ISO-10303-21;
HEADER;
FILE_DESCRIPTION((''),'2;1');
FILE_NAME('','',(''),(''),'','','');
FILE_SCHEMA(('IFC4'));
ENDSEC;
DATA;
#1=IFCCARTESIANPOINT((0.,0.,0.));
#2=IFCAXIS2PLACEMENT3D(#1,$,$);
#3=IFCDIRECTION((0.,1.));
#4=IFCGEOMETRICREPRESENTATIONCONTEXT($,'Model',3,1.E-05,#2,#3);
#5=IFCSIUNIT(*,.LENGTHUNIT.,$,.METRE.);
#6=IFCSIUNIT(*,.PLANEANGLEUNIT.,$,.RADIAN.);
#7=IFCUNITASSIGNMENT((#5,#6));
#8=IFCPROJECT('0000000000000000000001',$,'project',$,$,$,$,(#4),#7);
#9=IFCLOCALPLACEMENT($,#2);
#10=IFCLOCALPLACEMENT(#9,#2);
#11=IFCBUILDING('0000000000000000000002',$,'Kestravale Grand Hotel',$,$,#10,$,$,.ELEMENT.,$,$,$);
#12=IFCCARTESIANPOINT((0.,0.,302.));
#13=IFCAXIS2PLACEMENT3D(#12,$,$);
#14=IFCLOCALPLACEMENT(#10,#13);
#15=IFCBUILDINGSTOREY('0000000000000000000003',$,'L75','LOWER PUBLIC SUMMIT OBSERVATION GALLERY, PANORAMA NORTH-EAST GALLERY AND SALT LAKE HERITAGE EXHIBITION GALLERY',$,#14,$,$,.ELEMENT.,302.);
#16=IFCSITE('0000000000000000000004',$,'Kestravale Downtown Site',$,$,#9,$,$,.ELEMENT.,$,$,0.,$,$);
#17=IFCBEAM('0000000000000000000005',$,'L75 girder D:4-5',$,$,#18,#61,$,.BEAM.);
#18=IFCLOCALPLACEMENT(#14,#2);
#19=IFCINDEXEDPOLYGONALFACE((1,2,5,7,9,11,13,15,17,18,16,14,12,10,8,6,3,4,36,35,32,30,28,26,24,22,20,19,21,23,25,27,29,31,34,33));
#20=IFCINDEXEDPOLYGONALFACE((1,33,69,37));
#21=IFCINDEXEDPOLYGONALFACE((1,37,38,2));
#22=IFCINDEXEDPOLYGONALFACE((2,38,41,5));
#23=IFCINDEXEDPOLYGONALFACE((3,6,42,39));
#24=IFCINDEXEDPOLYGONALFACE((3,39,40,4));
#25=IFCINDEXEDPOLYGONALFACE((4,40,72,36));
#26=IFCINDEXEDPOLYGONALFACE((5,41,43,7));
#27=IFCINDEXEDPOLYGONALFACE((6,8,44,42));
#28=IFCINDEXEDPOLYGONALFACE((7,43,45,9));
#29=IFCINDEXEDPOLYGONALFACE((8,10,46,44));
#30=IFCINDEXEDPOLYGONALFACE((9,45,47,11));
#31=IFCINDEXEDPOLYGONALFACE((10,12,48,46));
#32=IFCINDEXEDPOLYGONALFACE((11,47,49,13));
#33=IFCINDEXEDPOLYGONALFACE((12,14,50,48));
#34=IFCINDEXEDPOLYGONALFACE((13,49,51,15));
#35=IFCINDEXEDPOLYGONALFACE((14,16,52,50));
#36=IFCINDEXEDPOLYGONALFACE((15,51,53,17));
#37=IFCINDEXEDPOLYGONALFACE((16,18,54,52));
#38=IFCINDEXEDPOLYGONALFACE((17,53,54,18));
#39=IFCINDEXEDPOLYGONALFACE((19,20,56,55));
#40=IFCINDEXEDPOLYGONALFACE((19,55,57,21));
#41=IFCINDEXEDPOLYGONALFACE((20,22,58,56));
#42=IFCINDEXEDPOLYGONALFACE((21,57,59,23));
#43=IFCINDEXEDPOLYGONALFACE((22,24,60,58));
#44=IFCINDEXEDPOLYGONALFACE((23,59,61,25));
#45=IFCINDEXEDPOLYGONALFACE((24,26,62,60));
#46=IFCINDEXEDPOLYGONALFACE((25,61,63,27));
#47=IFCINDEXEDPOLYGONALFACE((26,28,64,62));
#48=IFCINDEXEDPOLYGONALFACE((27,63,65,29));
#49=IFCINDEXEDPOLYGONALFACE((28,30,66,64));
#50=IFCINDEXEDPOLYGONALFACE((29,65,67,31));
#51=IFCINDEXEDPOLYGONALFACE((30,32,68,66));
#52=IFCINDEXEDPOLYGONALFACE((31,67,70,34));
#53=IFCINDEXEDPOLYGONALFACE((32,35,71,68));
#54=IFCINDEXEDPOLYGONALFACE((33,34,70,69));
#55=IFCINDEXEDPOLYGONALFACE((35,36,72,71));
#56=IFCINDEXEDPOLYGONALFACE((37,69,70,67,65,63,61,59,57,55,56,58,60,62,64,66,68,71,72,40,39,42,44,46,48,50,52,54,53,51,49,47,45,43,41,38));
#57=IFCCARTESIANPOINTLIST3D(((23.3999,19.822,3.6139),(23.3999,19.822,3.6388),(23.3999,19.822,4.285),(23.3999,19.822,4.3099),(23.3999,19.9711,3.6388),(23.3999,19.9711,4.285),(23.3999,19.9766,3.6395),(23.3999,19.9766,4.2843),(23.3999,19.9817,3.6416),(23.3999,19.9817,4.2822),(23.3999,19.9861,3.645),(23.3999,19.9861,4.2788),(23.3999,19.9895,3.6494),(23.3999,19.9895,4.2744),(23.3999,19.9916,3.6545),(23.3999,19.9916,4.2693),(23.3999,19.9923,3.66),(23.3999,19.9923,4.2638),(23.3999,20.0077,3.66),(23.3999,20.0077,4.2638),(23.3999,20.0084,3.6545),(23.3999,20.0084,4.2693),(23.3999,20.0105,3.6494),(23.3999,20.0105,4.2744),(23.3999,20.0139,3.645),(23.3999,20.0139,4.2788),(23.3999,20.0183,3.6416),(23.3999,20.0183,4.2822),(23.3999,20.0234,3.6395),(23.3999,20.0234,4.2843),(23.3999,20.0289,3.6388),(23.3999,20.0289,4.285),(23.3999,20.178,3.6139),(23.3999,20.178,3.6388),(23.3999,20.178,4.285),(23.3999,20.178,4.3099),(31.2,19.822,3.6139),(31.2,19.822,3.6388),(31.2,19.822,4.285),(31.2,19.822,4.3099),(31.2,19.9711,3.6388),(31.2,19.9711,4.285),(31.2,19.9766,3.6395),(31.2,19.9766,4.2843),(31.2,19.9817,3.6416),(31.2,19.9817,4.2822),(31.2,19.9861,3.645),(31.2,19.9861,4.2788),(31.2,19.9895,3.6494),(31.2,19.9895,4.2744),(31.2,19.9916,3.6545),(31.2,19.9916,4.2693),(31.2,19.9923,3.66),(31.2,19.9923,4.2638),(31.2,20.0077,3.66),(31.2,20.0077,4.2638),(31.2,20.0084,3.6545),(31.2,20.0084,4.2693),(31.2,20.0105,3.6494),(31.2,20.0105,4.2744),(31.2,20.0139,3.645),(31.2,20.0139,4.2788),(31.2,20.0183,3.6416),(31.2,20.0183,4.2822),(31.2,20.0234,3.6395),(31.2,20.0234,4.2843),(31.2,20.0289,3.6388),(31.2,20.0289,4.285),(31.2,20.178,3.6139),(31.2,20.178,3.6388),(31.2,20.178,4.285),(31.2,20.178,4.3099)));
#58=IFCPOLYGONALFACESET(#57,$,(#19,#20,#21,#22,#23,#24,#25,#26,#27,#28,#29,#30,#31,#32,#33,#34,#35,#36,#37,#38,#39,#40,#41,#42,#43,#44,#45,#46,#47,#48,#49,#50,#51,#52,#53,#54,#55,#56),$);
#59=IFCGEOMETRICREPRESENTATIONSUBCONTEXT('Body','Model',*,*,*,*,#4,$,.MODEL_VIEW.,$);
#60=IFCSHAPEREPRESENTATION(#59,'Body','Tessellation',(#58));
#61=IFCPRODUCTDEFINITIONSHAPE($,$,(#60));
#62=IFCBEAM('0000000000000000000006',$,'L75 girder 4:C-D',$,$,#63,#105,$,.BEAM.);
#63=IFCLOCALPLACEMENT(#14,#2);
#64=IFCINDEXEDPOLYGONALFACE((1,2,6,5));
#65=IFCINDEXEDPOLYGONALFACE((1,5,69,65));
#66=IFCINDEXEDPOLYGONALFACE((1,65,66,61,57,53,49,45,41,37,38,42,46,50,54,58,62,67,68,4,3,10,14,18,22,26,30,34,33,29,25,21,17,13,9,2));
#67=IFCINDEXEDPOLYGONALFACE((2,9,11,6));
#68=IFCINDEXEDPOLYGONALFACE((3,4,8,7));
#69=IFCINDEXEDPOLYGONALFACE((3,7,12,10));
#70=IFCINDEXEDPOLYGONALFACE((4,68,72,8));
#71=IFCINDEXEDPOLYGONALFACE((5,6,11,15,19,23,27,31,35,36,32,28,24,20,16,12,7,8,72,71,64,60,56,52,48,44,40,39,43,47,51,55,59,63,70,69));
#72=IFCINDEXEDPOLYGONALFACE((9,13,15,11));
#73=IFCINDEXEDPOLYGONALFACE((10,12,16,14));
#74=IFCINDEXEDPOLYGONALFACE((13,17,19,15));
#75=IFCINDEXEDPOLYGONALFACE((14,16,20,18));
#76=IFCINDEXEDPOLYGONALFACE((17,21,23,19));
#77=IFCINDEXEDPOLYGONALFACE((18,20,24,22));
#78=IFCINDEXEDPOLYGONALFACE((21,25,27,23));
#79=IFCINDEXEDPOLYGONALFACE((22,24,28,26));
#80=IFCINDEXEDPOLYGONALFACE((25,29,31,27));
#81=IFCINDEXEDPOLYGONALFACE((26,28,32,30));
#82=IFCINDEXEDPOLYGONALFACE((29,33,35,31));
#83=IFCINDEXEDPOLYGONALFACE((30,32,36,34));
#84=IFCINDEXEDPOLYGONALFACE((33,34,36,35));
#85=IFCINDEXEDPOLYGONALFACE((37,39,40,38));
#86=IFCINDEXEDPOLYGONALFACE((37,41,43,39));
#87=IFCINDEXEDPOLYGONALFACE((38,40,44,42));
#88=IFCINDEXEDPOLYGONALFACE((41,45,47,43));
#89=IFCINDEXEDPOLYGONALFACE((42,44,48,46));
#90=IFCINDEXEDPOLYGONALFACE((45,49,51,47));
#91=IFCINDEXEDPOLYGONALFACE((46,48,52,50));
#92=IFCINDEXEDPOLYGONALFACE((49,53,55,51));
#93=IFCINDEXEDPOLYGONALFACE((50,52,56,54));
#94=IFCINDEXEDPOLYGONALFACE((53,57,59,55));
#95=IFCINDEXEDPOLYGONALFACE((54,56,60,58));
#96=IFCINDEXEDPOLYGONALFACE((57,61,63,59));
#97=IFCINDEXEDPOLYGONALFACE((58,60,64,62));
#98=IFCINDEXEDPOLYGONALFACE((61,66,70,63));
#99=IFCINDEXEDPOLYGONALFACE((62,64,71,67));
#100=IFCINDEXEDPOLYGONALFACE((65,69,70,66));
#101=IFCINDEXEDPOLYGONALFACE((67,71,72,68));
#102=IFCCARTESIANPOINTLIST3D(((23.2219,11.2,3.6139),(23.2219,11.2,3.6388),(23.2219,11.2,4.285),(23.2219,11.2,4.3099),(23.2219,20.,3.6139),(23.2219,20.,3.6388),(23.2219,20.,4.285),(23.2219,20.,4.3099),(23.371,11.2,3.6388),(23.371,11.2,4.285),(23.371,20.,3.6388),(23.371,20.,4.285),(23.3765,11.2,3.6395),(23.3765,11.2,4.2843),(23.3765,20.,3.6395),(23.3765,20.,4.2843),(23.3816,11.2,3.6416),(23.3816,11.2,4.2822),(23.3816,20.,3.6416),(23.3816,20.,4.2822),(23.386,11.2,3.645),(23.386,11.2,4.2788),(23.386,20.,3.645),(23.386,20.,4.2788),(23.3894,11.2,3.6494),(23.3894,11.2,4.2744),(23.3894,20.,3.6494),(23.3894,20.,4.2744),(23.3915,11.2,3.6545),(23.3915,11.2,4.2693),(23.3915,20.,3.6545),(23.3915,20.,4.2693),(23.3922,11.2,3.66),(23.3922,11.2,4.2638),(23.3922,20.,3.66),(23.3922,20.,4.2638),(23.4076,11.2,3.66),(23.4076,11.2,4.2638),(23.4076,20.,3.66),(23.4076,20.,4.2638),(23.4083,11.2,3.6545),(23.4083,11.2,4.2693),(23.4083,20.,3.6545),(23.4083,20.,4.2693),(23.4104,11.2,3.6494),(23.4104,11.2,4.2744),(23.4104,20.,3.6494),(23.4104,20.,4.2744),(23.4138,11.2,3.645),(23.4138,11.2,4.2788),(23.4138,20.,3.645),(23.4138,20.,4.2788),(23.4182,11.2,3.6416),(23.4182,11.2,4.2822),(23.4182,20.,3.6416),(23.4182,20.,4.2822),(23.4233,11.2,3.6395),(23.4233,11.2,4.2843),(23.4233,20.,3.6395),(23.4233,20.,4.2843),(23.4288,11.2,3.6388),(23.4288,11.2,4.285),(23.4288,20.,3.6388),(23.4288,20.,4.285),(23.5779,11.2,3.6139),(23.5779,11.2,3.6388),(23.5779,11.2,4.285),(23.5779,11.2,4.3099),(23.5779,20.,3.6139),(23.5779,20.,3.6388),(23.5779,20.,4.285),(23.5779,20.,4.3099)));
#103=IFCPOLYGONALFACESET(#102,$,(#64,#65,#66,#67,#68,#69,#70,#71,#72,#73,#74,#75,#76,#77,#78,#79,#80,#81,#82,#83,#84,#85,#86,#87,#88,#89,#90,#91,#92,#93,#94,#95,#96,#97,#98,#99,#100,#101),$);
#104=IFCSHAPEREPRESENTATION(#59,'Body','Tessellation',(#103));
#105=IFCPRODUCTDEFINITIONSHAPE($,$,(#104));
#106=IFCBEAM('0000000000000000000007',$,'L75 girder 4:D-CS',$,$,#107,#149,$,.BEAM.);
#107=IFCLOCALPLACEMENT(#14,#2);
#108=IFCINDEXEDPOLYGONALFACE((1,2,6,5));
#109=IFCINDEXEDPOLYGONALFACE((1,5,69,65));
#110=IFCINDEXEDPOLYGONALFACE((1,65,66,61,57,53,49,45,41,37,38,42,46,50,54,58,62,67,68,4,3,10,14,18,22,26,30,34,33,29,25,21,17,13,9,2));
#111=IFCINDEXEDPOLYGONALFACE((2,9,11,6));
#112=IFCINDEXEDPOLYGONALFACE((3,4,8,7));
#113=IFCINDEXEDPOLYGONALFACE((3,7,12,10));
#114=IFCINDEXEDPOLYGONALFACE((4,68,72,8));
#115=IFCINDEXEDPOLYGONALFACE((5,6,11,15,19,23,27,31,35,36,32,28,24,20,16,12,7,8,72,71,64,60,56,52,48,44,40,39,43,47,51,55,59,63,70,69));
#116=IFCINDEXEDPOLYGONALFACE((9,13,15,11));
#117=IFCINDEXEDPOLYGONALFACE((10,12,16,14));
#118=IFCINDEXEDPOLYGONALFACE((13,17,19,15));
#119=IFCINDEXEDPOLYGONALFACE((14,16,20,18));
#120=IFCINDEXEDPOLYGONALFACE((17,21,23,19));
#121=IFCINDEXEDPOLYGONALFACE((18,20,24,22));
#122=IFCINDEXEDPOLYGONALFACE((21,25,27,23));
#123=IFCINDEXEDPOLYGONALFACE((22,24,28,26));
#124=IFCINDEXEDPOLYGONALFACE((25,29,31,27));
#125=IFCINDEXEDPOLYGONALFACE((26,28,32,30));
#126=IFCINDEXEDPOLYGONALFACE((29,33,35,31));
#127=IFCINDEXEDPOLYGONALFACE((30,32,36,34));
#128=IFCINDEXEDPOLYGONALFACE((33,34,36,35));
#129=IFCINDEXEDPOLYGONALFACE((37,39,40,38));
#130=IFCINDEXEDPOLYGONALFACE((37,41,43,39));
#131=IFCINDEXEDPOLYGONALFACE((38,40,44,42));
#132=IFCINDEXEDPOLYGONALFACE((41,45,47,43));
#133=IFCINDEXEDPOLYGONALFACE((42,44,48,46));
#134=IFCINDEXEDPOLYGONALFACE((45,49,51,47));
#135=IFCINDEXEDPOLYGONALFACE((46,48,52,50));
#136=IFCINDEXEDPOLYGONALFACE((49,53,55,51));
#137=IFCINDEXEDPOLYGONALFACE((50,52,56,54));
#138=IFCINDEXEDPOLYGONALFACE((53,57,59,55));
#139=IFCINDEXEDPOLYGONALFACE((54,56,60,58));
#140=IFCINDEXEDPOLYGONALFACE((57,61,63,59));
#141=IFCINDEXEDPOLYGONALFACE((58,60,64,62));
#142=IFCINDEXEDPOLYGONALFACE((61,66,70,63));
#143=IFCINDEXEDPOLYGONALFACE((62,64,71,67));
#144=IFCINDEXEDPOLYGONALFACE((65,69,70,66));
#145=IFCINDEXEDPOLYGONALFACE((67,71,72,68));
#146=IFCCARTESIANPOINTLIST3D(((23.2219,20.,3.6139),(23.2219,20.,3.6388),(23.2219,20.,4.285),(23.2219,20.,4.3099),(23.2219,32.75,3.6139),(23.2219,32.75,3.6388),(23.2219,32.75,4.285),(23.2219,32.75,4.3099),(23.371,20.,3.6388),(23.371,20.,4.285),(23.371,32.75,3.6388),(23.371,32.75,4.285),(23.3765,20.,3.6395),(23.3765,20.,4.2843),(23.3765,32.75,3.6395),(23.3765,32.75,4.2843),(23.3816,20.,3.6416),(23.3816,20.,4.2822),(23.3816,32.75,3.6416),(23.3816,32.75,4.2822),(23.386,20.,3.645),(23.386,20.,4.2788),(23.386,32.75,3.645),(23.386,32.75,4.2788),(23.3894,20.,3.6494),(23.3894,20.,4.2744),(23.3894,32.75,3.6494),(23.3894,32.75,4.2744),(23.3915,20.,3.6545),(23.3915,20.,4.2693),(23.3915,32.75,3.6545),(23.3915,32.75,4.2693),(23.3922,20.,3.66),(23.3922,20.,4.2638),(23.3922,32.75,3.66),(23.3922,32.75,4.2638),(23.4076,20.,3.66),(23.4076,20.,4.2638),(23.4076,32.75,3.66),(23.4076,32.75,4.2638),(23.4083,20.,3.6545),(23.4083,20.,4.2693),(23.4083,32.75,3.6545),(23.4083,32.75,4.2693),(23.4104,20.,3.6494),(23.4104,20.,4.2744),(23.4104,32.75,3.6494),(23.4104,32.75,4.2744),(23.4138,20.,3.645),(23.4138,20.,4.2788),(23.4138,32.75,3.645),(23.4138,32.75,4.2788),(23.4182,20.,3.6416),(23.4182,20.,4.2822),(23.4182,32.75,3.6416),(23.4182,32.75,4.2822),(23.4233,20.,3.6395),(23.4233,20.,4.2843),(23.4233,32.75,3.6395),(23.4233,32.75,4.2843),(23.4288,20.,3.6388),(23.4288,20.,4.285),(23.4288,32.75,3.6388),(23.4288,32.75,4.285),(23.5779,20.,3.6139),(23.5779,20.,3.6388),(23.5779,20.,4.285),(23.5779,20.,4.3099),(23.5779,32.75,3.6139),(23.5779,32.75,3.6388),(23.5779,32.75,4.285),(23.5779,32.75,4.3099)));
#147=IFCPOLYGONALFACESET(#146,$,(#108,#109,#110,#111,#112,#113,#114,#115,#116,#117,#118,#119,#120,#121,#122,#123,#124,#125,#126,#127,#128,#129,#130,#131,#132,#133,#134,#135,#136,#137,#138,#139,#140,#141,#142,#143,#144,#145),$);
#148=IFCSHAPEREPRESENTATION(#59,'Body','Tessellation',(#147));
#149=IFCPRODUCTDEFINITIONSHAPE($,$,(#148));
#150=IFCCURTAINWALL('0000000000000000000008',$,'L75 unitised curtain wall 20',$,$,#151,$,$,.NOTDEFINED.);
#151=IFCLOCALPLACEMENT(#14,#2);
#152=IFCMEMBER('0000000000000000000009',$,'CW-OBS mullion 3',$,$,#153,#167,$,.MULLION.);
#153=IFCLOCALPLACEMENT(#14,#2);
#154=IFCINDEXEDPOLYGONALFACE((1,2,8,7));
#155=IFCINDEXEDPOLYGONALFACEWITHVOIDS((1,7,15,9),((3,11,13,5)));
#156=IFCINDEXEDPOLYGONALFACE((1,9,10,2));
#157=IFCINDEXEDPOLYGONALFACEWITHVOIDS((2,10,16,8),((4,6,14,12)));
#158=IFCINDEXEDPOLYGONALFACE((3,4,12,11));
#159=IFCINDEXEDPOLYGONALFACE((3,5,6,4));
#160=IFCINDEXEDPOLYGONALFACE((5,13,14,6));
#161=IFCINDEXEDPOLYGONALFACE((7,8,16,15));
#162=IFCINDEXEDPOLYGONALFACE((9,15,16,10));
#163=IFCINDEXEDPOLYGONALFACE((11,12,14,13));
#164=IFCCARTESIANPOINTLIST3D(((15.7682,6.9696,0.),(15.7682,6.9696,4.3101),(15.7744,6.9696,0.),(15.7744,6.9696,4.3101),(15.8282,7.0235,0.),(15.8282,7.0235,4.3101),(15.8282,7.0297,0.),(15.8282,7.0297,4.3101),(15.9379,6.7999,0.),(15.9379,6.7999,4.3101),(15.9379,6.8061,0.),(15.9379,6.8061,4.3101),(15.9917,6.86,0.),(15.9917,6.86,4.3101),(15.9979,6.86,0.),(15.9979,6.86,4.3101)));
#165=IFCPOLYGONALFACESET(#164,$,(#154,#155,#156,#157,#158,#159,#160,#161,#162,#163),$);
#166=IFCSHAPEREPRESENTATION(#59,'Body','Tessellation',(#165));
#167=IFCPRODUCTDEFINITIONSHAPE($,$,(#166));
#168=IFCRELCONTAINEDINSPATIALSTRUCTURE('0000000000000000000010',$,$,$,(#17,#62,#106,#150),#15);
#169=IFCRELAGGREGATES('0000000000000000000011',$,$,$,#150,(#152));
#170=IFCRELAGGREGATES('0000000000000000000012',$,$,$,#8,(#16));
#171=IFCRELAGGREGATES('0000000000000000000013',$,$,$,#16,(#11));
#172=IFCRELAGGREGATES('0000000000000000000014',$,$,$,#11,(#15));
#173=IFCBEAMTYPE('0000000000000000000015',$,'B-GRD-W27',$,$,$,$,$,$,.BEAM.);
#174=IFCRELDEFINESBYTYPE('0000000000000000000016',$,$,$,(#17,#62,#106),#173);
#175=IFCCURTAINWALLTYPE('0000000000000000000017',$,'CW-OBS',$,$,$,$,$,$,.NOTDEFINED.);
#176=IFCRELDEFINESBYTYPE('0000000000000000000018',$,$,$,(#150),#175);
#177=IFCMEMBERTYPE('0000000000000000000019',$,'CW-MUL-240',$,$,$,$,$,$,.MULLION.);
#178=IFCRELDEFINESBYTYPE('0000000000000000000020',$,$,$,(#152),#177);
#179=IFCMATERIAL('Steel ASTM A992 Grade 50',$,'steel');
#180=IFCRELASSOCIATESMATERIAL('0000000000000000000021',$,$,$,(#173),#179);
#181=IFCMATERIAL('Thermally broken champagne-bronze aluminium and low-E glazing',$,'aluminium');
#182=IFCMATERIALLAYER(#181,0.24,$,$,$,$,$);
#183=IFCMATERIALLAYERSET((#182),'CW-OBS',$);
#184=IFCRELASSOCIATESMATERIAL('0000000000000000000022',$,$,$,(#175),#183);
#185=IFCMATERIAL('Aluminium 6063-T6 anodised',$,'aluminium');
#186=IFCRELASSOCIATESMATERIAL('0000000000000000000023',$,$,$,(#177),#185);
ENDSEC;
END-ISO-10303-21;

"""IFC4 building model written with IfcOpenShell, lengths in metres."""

from ifc_helpers import new_model, si_unit, direction, frame, origin, origin_2d, place, context, subcontext, project, spatial, hollow_rectangle, i_section, extrude, material, layer, layer_set, material_profile, profile_set, type_object, element, aggregate, save


model = new_model("IFC4")

# Units and contexts
model_context = context("Model", 3, precision=1e-05, world=origin(), true_north=direction((0.0, 1.0)))
body_context = subcontext(model_context, "Body", "Model", "MODEL_VIEW")
ifc_project = project(units=[si_unit("LENGTHUNIT", "METRE"), si_unit("PLANEANGLEUNIT", "RADIAN")], contexts=[model_context])

# Site, building, storey
site_placement = place(None, origin())
site = spatial("IfcSite", under=ifc_project, at=site_placement, Name="Kestravale Downtown Site", CompositionType="ELEMENT", RefElevation=0.0)
building_placement = place(site_placement, origin())
building = spatial("IfcBuilding", under=site, at=building_placement, Name="Kestravale Grand Hotel", CompositionType="ELEMENT")
storey_placement = place(building_placement, frame((0.0, 0.0, 302.0)))
storey = spatial("IfcBuildingStorey", under=building, at=storey_placement, Name="L75", Description="LOWER PUBLIC SUMMIT OBSERVATION GALLERY, PANORAMA NORTH-EAST GALLERY AND SALT LAKE HERITAGE EXHIBITION GALLERY", CompositionType="ELEMENT", Elevation=302.0)

# Beams
ifc_material_1 = material(Name="Steel ASTM A992 Grade 50", Category="steel")
ifc_material_profile_1 = material_profile(ifc_material_1, i_section(OverallWidth=0.356, OverallDepth=0.696, WebThickness=0.0154, FlangeThickness=0.0249, FilletRadius=0.0212, at=origin_2d()))
ifc_profile_set_1 = profile_set([ifc_material_profile_1], Name="Steel ASTM A992 Grade 50")
beam_type_1 = type_object("IfcBeamType", Name="B-GRD-W27", PredefinedType="BEAM", material=ifc_profile_set_1)
for number, where, z_axis, x_axis, name in (
    (1, (23.3999, 20.0, 3.9619), (1.0, 0.0, 0.0), (0.0, 1.0, 0.0), "L75 girder D:4-5"),
):
    element("IfcBeam", number, at=place(storey_placement, frame(where, z_axis=z_axis, x_axis=x_axis)), inside=storey, type_object=beam_type_1, Name=name, PredefinedType="BEAM", context=body_context, shape_type="SweptSolid", body=[
        extrude(i_section(OverallWidth=0.356, OverallDepth=0.696, WebThickness=0.0154, FlangeThickness=0.0249, FilletRadius=0.0212, at=origin_2d()), origin(), (0.0, 0.0, 1.0), 7.8),
    ])
beam_1_placement = place(storey_placement, frame((23.3999, 11.2, 3.9619), z_axis=(0.0, 1.0, 0.0), x_axis=(-1.0, 0.0, 0.0)))
element("IfcBeam", 2, at=beam_1_placement, inside=storey, type_object=beam_type_1, Name="L75 girder 4:C-D", PredefinedType="BEAM", context=body_context, shape_type="SweptSolid", body=[
    extrude(i_section(OverallWidth=0.356, OverallDepth=0.696, WebThickness=0.0154, FlangeThickness=0.0249, FilletRadius=0.0212, at=origin_2d()), origin(), (0.0, 0.0, 1.0), 8.8),
])
beam_2_placement = place(storey_placement, frame((23.3999, 20.0, 3.9619), z_axis=(0.0, 1.0, 0.0), x_axis=(-1.0, 0.0, 0.0)))
element("IfcBeam", 3, at=beam_2_placement, inside=storey, type_object=beam_type_1, Name="L75 girder 4:D-CS", PredefinedType="BEAM", context=body_context, shape_type="SweptSolid", body=[
    extrude(i_section(OverallWidth=0.356, OverallDepth=0.696, WebThickness=0.0154, FlangeThickness=0.0249, FilletRadius=0.0212, at=origin_2d()), origin(), (0.0, 0.0, 1.0), 12.75),
])

# Curtain wall, member
ifc_material_2 = material(Name="Thermally broken champagne-bronze aluminium and low-E glazing", Category="aluminium")
ifc_layer_1 = layer(ifc_material_2, 0.24)
ifc_layer_set_1 = layer_set([ifc_layer_1], Name="CW-OBS")
curtain_wall_type = type_object("IfcCurtainWallType", Name="CW-OBS", PredefinedType="NOTDEFINED", material=ifc_layer_set_1)
curtain_wall_placement = place(storey_placement, origin())
curtain_wall = element("IfcCurtainWall", 4, at=curtain_wall_placement, inside=storey, type_object=curtain_wall_type, Name="L75 unitised curtain wall 20", PredefinedType="NOTDEFINED")
ifc_material_3 = material(Name="Aluminium 6063-T6 anodised", Category="aluminium")
ifc_material_profile_2 = material_profile(ifc_material_3, hollow_rectangle(XDim=0.085, YDim=0.24, WallThickness=0.0044, at=origin_2d()))
ifc_profile_set_2 = profile_set([ifc_material_profile_2], Name="Aluminium 6063-T6 anodised")
member_type = type_object("IfcMemberType", Name="CW-MUL-240", PredefinedType="MULLION", material=ifc_profile_set_2)
member_placement = place(storey_placement, frame((15.8831, 6.9148, 0.0), z_axis=(0.0, 0.0, 1.0), x_axis=(0.707107, 0.707107, 0.0)))
member = element("IfcMember", 5, at=member_placement, type_object=member_type, Name="CW-OBS mullion 3", PredefinedType="MULLION", context=body_context, shape_type="SweptSolid", body=[
    extrude(hollow_rectangle(XDim=0.085, YDim=0.24, WallThickness=0.0044, at=origin_2d()), origin(), (0.0, 0.0, 1.0), 4.3101),
])
aggregate(curtain_wall, [member])

save(model, "model.ifc")
